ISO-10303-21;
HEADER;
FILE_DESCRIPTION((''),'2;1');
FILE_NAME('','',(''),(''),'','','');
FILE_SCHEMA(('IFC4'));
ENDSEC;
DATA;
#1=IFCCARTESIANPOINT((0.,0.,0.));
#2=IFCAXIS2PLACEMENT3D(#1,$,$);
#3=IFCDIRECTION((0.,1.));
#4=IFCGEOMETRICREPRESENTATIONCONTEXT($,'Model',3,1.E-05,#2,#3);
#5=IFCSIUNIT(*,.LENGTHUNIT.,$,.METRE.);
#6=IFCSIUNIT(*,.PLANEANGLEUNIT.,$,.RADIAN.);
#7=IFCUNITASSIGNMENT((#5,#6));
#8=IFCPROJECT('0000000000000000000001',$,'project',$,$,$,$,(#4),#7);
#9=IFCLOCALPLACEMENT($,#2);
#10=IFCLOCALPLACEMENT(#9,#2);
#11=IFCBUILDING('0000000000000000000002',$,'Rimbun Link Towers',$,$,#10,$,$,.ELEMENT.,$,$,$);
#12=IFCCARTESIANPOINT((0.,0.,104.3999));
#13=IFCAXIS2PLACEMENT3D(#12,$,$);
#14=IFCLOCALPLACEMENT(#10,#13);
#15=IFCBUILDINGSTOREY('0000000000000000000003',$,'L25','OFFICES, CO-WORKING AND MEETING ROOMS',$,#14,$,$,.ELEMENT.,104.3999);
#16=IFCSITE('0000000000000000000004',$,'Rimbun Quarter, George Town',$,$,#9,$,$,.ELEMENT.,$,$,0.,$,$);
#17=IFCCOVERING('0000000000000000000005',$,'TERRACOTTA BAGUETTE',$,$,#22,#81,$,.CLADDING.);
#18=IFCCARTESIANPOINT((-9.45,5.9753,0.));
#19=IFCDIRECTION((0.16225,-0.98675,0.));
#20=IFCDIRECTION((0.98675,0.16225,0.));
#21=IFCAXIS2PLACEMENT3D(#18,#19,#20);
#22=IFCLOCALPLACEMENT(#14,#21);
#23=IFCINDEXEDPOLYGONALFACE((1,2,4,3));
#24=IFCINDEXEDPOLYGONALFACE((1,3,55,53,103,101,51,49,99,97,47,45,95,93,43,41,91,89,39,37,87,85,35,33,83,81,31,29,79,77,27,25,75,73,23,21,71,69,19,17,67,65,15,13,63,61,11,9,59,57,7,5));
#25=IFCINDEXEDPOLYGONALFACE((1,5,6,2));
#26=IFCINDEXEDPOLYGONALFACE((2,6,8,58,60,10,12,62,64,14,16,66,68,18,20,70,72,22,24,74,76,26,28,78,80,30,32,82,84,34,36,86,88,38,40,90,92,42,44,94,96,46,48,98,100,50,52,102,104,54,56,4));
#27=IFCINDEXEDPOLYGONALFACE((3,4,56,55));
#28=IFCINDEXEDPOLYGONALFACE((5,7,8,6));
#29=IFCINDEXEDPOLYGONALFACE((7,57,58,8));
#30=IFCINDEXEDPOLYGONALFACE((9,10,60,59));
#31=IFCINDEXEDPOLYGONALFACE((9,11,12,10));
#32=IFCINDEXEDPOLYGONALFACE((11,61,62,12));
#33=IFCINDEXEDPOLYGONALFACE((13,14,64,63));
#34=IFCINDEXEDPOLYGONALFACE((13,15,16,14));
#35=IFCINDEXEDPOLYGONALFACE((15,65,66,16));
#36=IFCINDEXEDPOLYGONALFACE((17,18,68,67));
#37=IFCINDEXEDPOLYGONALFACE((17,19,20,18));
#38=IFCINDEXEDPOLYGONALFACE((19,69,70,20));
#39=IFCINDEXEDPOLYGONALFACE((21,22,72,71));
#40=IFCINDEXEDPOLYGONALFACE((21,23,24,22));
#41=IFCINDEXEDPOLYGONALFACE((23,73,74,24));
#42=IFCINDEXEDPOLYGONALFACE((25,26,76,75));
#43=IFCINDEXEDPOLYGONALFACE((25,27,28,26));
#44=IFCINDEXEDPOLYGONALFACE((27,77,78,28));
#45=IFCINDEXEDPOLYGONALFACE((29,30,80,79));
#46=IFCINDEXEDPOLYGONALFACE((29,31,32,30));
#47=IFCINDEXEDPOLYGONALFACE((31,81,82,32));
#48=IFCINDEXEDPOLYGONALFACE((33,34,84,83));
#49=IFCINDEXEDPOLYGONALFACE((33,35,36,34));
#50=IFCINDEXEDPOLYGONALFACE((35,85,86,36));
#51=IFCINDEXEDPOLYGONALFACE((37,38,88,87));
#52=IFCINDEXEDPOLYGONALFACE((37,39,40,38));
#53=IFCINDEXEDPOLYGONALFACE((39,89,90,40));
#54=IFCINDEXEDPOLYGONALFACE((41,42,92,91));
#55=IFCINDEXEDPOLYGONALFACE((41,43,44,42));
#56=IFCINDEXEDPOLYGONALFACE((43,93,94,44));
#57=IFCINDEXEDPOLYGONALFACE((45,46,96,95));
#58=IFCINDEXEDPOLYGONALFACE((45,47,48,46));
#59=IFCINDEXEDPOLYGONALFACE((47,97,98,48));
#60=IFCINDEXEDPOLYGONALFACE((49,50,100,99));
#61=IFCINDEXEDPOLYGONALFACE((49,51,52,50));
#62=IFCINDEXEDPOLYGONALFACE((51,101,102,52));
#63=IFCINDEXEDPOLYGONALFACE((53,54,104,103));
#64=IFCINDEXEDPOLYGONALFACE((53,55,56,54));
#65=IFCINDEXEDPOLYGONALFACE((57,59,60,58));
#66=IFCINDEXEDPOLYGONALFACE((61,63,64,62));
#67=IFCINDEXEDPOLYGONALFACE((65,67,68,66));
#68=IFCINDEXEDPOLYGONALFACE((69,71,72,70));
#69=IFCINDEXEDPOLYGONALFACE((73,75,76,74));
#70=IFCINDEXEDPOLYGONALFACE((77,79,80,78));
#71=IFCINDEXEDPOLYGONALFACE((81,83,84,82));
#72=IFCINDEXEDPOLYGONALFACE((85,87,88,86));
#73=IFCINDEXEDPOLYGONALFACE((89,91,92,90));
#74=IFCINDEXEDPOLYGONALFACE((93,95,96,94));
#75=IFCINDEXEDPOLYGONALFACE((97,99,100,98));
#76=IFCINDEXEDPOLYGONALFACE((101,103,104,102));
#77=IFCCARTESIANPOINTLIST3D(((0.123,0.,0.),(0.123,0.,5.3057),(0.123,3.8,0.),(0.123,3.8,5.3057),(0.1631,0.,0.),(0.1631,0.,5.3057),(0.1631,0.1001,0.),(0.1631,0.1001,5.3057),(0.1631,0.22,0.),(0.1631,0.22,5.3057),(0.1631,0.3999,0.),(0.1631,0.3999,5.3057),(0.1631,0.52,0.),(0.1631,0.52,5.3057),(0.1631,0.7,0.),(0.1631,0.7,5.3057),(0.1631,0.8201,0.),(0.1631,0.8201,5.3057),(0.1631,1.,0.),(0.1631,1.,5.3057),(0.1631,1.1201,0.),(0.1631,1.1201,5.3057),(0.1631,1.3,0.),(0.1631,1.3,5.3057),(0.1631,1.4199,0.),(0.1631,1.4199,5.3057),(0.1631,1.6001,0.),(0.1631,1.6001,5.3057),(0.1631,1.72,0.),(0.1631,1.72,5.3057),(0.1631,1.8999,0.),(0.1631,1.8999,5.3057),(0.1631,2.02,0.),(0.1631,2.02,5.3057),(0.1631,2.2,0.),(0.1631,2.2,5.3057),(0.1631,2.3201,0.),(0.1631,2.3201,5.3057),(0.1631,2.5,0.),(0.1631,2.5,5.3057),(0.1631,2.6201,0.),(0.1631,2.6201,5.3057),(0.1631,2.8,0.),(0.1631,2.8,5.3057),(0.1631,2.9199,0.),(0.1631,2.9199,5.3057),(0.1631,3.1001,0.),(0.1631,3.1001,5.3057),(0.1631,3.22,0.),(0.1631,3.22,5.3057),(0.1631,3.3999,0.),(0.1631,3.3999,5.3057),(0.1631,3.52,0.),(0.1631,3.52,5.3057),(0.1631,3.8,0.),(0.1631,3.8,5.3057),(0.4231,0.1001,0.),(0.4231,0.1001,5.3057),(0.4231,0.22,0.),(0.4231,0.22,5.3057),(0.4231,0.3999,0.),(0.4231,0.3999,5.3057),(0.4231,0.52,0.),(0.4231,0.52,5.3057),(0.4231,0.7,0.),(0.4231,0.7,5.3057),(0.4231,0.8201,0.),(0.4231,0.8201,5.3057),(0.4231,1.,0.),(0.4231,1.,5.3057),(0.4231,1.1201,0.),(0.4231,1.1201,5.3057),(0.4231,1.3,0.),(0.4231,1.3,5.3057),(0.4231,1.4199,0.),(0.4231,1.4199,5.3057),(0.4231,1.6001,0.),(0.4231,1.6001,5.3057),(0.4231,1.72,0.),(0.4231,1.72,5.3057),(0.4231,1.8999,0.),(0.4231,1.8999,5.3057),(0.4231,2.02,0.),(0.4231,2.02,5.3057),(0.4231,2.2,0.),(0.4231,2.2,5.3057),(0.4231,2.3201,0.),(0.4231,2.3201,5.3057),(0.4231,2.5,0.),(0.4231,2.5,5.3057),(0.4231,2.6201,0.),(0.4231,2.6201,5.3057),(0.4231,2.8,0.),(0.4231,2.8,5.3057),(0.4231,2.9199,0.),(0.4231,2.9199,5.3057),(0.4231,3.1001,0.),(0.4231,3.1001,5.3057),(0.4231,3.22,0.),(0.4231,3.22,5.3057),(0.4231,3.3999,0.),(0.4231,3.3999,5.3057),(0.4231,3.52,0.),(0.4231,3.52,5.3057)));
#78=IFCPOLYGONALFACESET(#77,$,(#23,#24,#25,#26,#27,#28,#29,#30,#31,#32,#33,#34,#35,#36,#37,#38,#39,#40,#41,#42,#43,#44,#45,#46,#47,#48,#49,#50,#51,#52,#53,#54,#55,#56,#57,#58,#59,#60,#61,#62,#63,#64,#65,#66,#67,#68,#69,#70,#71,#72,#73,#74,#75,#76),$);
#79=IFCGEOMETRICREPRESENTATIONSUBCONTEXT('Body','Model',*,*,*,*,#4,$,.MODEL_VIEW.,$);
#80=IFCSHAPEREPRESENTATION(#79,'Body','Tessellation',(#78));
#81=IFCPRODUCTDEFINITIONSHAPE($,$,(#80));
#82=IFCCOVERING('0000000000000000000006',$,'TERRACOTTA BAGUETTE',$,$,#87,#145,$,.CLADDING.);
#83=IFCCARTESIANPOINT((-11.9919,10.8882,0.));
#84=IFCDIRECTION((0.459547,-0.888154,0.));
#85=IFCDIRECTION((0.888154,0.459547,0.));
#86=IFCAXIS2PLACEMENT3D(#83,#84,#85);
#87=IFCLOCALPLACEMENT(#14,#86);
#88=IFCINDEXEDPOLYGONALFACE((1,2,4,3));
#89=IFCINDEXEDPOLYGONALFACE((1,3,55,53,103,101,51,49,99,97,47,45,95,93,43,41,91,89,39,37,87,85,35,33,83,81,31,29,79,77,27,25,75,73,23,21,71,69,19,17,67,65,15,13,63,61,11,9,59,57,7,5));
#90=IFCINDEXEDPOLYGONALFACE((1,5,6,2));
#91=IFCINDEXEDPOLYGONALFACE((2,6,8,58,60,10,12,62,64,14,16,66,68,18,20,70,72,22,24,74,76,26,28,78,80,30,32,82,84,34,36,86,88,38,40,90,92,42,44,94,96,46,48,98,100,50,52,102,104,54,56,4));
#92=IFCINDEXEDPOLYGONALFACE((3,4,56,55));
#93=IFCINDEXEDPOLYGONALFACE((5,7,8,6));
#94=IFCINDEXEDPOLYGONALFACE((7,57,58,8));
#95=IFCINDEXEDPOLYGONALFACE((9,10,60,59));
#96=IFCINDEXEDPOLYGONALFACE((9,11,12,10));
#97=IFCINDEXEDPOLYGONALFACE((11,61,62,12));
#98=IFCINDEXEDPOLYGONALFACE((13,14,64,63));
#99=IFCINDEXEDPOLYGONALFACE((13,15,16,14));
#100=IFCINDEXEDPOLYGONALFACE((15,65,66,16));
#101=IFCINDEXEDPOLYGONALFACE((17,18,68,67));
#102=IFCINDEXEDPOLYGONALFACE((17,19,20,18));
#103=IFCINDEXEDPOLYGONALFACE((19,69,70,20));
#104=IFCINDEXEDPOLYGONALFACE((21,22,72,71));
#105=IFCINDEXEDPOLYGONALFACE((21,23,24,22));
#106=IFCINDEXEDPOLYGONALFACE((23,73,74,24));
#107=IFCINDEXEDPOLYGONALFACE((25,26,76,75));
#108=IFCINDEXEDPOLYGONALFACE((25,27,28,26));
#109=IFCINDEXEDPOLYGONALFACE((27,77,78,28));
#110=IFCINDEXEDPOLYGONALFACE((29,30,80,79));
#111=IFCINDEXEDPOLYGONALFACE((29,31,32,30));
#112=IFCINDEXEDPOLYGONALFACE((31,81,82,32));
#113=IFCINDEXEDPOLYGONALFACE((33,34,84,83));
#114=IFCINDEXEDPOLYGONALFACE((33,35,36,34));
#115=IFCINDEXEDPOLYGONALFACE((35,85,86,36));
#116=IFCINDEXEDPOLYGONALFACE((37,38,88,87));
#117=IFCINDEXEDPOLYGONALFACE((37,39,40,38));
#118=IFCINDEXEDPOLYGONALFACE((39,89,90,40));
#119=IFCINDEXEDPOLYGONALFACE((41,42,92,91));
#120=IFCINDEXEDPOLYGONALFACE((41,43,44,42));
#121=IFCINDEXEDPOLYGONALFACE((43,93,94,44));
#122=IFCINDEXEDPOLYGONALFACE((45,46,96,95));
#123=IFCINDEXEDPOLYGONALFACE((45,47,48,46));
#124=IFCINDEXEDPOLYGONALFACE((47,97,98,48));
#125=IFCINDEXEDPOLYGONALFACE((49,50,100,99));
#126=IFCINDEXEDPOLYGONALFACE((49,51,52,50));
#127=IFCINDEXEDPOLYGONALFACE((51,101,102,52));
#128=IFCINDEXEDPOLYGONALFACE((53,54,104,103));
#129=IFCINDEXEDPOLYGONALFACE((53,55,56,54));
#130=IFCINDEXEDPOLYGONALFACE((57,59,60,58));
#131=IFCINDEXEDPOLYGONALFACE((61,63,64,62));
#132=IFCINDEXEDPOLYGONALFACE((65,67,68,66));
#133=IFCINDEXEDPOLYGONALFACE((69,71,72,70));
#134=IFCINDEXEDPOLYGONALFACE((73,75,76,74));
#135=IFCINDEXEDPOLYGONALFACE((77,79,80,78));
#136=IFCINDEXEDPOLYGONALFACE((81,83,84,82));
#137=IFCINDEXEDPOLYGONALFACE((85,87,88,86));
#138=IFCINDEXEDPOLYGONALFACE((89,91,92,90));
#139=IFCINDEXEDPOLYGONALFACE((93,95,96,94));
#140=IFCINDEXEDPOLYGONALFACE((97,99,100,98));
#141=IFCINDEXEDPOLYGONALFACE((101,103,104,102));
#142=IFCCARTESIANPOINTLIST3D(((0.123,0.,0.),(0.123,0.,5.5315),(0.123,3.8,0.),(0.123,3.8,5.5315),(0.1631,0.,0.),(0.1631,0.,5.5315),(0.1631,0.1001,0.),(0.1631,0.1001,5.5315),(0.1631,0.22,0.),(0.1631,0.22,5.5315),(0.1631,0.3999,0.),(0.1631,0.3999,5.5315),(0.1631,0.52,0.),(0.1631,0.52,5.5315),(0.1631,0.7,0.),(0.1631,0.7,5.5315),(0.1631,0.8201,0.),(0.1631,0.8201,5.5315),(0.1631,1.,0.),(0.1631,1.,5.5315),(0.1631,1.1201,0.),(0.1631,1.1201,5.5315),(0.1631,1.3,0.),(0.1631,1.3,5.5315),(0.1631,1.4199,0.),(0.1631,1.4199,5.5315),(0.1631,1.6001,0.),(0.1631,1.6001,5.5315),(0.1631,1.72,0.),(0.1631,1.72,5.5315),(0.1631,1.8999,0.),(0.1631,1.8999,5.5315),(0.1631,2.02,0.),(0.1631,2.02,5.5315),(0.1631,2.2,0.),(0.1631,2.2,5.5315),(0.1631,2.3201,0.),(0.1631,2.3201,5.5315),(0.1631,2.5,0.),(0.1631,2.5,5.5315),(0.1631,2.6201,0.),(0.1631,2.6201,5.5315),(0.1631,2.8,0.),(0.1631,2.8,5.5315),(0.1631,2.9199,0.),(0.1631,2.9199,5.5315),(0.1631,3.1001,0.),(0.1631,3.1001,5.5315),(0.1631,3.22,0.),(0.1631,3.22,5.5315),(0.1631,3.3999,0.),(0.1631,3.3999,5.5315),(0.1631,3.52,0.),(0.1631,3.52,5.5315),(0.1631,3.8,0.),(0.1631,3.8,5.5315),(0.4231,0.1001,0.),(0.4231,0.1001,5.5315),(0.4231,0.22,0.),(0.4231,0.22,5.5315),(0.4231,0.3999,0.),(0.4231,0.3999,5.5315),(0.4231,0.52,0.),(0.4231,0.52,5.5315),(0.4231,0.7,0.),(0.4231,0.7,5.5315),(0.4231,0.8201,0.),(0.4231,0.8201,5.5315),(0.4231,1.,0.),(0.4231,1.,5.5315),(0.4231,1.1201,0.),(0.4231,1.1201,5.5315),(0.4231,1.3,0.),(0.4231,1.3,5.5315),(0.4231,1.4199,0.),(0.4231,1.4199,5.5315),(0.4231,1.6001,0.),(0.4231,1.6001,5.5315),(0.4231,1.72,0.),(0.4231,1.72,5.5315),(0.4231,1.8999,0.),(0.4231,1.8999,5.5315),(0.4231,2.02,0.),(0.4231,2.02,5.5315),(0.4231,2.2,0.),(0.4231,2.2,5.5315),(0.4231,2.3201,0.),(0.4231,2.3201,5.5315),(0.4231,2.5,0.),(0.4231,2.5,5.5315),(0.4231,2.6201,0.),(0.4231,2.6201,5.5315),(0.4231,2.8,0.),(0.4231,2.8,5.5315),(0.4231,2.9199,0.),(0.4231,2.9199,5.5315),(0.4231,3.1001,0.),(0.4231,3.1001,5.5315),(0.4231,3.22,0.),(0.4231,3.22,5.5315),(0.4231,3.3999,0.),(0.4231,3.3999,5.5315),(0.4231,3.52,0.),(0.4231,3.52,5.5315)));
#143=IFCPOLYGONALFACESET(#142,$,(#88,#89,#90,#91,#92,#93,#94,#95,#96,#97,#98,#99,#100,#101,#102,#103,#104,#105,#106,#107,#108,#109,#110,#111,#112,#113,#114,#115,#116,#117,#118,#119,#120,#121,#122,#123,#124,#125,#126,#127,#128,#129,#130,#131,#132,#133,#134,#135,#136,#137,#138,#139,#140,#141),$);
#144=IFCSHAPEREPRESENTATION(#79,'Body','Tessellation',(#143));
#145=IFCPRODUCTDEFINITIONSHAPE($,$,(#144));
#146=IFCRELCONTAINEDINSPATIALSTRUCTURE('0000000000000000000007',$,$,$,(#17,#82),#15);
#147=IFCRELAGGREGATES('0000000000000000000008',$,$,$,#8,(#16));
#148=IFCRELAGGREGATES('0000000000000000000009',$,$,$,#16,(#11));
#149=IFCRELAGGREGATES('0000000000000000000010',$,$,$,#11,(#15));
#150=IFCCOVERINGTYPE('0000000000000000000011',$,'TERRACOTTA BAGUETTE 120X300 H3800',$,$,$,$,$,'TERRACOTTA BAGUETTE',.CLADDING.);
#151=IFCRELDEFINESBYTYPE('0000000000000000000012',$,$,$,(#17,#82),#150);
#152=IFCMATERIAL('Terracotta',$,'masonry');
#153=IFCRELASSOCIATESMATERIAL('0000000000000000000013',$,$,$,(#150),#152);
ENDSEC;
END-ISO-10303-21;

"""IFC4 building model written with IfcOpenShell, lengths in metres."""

from ifc_helpers import new_model, si_unit, direction, frame, origin, place, context, subcontext, project, spatial, polyline, outline, extrude, material, material_profile, profile_set, type_object, element, save


model = new_model("IFC4")

# Units and contexts
model_context = context("Model", 3, precision=1e-05, world=origin(), true_north=direction((0.0, 1.0)))
body_context = subcontext(model_context, "Body", "Model", "MODEL_VIEW")
ifc_project = project(units=[si_unit("LENGTHUNIT", "METRE"), si_unit("PLANEANGLEUNIT", "RADIAN")], contexts=[model_context])

# Site, building, storey
site_placement = place(None, origin())
site = spatial("IfcSite", under=ifc_project, at=site_placement, Name="Rimbun Quarter, George Town", CompositionType="ELEMENT", RefElevation=0.0)
building_placement = place(site_placement, origin())
building = spatial("IfcBuilding", under=site, at=building_placement, Name="Rimbun Link Towers", CompositionType="ELEMENT")
storey_placement = place(building_placement, frame((0.0, 0.0, 104.3999)))
storey = spatial("IfcBuildingStorey", under=building, at=storey_placement, Name="L25", Description="OFFICES, CO-WORKING AND MEETING ROOMS", CompositionType="ELEMENT", Elevation=104.3999)

# Coverings
ifc_material_1 = material(Name="Terracotta", Category="masonry")
ifc_material_profile_1 = material_profile(ifc_material_1, outline(polyline([(0.123, 0.0), (0.1631, 0.0), (0.1631, 0.1001), (0.4231, 0.1001), (0.4231, 0.22), (0.1631, 0.22), (0.1631, 0.3999), (0.4231, 0.3999), (0.4231, 0.52), (0.1631, 0.52), (0.1631, 0.7), (0.4231, 0.7), (0.4231, 0.8201), (0.1631, 0.8201), (0.1631, 1.0), (0.4231, 1.0), (0.4231, 1.1201), (0.1631, 1.1201), (0.1631, 1.3), (0.4231, 1.3), (0.4231, 1.4199), (0.1631, 1.4199), (0.1631, 1.6001), (0.4231, 1.6001), (0.4231, 1.72), (0.1631, 1.72), (0.1631, 1.8999), (0.4231, 1.8999), (0.4231, 2.02), (0.1631, 2.02), (0.1631, 2.2), (0.4231, 2.2), (0.4231, 2.3201), (0.1631, 2.3201), (0.1631, 2.5), (0.4231, 2.5), (0.4231, 2.6201), (0.1631, 2.6201), (0.1631, 2.8), (0.4231, 2.8), (0.4231, 2.9199), (0.1631, 2.9199), (0.1631, 3.1001), (0.4231, 3.1001), (0.4231, 3.22), (0.1631, 3.22), (0.1631, 3.3999), (0.4231, 3.3999), (0.4231, 3.52), (0.1631, 3.52), (0.1631, 3.8), (0.123, 3.8), (0.123, 0.0)])), Name="BAGUETTE 120X300")
ifc_profile_set_1 = profile_set([ifc_material_profile_1], Name="Terracotta")
covering_type = type_object("IfcCoveringType", Name="TERRACOTTA BAGUETTE 120X300 H3800", ElementType="TERRACOTTA BAGUETTE", PredefinedType="CLADDING", material=ifc_profile_set_1)
covering_1_placement = place(storey_placement, frame((-9.45, 5.9753, 0.0), z_axis=(0.16225, -0.98675, 0.0), x_axis=(0.98675, 0.16225, 0.0)))
element("IfcCovering", 1, at=covering_1_placement, inside=storey, type_object=covering_type, Name="TERRACOTTA BAGUETTE", PredefinedType="CLADDING", context=body_context, shape_type="SweptSolid", body=[
    extrude(outline(polyline([(0.123, 0.0), (0.1631, 0.0), (0.1631, 0.1001), (0.4231, 0.1001), (0.4231, 0.22), (0.1631, 0.22), (0.1631, 0.3999), (0.4231, 0.3999), (0.4231, 0.52), (0.1631, 0.52), (0.1631, 0.7), (0.4231, 0.7), (0.4231, 0.8201), (0.1631, 0.8201), (0.1631, 1.0), (0.4231, 1.0), (0.4231, 1.1201), (0.1631, 1.1201), (0.1631, 1.3), (0.4231, 1.3), (0.4231, 1.4199), (0.1631, 1.4199), (0.1631, 1.6001), (0.4231, 1.6001), (0.4231, 1.72), (0.1631, 1.72), (0.1631, 1.8999), (0.4231, 1.8999), (0.4231, 2.02), (0.1631, 2.02), (0.1631, 2.2), (0.4231, 2.2), (0.4231, 2.3201), (0.1631, 2.3201), (0.1631, 2.5), (0.4231, 2.5), (0.4231, 2.6201), (0.1631, 2.6201), (0.1631, 2.8), (0.4231, 2.8), (0.4231, 2.9199), (0.1631, 2.9199), (0.1631, 3.1001), (0.4231, 3.1001), (0.4231, 3.22), (0.1631, 3.22), (0.1631, 3.3999), (0.4231, 3.3999), (0.4231, 3.52), (0.1631, 3.52), (0.1631, 3.8), (0.123, 3.8), (0.123, 0.0)])), origin(), (0.0, 0.0, 1.0), 5.3057),
])
covering_2_placement = place(storey_placement, frame((-11.9919, 10.8882, 0.0), z_axis=(0.459547, -0.888154, 0.0), x_axis=(0.888154, 0.459547, 0.0)))
element("IfcCovering", 2, at=covering_2_placement, inside=storey, type_object=covering_type, Name="TERRACOTTA BAGUETTE", PredefinedType="CLADDING", context=body_context, shape_type="SweptSolid", body=[
    extrude(outline(polyline([(0.123, 0.0), (0.1631, 0.0), (0.1631, 0.1001), (0.4231, 0.1001), (0.4231, 0.22), (0.1631, 0.22), (0.1631, 0.3999), (0.4231, 0.3999), (0.4231, 0.52), (0.1631, 0.52), (0.1631, 0.7), (0.4231, 0.7), (0.4231, 0.8201), (0.1631, 0.8201), (0.1631, 1.0), (0.4231, 1.0), (0.4231, 1.1201), (0.1631, 1.1201), (0.1631, 1.3), (0.4231, 1.3), (0.4231, 1.4199), (0.1631, 1.4199), (0.1631, 1.6001), (0.4231, 1.6001), (0.4231, 1.72), (0.1631, 1.72), (0.1631, 1.8999), (0.4231, 1.8999), (0.4231, 2.02), (0.1631, 2.02), (0.1631, 2.2), (0.4231, 2.2), (0.4231, 2.3201), (0.1631, 2.3201), (0.1631, 2.5), (0.4231, 2.5), (0.4231, 2.6201), (0.1631, 2.6201), (0.1631, 2.8), (0.4231, 2.8), (0.4231, 2.9199), (0.1631, 2.9199), (0.1631, 3.1001), (0.4231, 3.1001), (0.4231, 3.22), (0.1631, 3.22), (0.1631, 3.3999), (0.4231, 3.3999), (0.4231, 3.52), (0.1631, 3.52), (0.1631, 3.8), (0.123, 3.8), (0.123, 0.0)])), origin(), (0.0, 0.0, 1.0), 5.5315),
])

save(model, "model.ifc")
